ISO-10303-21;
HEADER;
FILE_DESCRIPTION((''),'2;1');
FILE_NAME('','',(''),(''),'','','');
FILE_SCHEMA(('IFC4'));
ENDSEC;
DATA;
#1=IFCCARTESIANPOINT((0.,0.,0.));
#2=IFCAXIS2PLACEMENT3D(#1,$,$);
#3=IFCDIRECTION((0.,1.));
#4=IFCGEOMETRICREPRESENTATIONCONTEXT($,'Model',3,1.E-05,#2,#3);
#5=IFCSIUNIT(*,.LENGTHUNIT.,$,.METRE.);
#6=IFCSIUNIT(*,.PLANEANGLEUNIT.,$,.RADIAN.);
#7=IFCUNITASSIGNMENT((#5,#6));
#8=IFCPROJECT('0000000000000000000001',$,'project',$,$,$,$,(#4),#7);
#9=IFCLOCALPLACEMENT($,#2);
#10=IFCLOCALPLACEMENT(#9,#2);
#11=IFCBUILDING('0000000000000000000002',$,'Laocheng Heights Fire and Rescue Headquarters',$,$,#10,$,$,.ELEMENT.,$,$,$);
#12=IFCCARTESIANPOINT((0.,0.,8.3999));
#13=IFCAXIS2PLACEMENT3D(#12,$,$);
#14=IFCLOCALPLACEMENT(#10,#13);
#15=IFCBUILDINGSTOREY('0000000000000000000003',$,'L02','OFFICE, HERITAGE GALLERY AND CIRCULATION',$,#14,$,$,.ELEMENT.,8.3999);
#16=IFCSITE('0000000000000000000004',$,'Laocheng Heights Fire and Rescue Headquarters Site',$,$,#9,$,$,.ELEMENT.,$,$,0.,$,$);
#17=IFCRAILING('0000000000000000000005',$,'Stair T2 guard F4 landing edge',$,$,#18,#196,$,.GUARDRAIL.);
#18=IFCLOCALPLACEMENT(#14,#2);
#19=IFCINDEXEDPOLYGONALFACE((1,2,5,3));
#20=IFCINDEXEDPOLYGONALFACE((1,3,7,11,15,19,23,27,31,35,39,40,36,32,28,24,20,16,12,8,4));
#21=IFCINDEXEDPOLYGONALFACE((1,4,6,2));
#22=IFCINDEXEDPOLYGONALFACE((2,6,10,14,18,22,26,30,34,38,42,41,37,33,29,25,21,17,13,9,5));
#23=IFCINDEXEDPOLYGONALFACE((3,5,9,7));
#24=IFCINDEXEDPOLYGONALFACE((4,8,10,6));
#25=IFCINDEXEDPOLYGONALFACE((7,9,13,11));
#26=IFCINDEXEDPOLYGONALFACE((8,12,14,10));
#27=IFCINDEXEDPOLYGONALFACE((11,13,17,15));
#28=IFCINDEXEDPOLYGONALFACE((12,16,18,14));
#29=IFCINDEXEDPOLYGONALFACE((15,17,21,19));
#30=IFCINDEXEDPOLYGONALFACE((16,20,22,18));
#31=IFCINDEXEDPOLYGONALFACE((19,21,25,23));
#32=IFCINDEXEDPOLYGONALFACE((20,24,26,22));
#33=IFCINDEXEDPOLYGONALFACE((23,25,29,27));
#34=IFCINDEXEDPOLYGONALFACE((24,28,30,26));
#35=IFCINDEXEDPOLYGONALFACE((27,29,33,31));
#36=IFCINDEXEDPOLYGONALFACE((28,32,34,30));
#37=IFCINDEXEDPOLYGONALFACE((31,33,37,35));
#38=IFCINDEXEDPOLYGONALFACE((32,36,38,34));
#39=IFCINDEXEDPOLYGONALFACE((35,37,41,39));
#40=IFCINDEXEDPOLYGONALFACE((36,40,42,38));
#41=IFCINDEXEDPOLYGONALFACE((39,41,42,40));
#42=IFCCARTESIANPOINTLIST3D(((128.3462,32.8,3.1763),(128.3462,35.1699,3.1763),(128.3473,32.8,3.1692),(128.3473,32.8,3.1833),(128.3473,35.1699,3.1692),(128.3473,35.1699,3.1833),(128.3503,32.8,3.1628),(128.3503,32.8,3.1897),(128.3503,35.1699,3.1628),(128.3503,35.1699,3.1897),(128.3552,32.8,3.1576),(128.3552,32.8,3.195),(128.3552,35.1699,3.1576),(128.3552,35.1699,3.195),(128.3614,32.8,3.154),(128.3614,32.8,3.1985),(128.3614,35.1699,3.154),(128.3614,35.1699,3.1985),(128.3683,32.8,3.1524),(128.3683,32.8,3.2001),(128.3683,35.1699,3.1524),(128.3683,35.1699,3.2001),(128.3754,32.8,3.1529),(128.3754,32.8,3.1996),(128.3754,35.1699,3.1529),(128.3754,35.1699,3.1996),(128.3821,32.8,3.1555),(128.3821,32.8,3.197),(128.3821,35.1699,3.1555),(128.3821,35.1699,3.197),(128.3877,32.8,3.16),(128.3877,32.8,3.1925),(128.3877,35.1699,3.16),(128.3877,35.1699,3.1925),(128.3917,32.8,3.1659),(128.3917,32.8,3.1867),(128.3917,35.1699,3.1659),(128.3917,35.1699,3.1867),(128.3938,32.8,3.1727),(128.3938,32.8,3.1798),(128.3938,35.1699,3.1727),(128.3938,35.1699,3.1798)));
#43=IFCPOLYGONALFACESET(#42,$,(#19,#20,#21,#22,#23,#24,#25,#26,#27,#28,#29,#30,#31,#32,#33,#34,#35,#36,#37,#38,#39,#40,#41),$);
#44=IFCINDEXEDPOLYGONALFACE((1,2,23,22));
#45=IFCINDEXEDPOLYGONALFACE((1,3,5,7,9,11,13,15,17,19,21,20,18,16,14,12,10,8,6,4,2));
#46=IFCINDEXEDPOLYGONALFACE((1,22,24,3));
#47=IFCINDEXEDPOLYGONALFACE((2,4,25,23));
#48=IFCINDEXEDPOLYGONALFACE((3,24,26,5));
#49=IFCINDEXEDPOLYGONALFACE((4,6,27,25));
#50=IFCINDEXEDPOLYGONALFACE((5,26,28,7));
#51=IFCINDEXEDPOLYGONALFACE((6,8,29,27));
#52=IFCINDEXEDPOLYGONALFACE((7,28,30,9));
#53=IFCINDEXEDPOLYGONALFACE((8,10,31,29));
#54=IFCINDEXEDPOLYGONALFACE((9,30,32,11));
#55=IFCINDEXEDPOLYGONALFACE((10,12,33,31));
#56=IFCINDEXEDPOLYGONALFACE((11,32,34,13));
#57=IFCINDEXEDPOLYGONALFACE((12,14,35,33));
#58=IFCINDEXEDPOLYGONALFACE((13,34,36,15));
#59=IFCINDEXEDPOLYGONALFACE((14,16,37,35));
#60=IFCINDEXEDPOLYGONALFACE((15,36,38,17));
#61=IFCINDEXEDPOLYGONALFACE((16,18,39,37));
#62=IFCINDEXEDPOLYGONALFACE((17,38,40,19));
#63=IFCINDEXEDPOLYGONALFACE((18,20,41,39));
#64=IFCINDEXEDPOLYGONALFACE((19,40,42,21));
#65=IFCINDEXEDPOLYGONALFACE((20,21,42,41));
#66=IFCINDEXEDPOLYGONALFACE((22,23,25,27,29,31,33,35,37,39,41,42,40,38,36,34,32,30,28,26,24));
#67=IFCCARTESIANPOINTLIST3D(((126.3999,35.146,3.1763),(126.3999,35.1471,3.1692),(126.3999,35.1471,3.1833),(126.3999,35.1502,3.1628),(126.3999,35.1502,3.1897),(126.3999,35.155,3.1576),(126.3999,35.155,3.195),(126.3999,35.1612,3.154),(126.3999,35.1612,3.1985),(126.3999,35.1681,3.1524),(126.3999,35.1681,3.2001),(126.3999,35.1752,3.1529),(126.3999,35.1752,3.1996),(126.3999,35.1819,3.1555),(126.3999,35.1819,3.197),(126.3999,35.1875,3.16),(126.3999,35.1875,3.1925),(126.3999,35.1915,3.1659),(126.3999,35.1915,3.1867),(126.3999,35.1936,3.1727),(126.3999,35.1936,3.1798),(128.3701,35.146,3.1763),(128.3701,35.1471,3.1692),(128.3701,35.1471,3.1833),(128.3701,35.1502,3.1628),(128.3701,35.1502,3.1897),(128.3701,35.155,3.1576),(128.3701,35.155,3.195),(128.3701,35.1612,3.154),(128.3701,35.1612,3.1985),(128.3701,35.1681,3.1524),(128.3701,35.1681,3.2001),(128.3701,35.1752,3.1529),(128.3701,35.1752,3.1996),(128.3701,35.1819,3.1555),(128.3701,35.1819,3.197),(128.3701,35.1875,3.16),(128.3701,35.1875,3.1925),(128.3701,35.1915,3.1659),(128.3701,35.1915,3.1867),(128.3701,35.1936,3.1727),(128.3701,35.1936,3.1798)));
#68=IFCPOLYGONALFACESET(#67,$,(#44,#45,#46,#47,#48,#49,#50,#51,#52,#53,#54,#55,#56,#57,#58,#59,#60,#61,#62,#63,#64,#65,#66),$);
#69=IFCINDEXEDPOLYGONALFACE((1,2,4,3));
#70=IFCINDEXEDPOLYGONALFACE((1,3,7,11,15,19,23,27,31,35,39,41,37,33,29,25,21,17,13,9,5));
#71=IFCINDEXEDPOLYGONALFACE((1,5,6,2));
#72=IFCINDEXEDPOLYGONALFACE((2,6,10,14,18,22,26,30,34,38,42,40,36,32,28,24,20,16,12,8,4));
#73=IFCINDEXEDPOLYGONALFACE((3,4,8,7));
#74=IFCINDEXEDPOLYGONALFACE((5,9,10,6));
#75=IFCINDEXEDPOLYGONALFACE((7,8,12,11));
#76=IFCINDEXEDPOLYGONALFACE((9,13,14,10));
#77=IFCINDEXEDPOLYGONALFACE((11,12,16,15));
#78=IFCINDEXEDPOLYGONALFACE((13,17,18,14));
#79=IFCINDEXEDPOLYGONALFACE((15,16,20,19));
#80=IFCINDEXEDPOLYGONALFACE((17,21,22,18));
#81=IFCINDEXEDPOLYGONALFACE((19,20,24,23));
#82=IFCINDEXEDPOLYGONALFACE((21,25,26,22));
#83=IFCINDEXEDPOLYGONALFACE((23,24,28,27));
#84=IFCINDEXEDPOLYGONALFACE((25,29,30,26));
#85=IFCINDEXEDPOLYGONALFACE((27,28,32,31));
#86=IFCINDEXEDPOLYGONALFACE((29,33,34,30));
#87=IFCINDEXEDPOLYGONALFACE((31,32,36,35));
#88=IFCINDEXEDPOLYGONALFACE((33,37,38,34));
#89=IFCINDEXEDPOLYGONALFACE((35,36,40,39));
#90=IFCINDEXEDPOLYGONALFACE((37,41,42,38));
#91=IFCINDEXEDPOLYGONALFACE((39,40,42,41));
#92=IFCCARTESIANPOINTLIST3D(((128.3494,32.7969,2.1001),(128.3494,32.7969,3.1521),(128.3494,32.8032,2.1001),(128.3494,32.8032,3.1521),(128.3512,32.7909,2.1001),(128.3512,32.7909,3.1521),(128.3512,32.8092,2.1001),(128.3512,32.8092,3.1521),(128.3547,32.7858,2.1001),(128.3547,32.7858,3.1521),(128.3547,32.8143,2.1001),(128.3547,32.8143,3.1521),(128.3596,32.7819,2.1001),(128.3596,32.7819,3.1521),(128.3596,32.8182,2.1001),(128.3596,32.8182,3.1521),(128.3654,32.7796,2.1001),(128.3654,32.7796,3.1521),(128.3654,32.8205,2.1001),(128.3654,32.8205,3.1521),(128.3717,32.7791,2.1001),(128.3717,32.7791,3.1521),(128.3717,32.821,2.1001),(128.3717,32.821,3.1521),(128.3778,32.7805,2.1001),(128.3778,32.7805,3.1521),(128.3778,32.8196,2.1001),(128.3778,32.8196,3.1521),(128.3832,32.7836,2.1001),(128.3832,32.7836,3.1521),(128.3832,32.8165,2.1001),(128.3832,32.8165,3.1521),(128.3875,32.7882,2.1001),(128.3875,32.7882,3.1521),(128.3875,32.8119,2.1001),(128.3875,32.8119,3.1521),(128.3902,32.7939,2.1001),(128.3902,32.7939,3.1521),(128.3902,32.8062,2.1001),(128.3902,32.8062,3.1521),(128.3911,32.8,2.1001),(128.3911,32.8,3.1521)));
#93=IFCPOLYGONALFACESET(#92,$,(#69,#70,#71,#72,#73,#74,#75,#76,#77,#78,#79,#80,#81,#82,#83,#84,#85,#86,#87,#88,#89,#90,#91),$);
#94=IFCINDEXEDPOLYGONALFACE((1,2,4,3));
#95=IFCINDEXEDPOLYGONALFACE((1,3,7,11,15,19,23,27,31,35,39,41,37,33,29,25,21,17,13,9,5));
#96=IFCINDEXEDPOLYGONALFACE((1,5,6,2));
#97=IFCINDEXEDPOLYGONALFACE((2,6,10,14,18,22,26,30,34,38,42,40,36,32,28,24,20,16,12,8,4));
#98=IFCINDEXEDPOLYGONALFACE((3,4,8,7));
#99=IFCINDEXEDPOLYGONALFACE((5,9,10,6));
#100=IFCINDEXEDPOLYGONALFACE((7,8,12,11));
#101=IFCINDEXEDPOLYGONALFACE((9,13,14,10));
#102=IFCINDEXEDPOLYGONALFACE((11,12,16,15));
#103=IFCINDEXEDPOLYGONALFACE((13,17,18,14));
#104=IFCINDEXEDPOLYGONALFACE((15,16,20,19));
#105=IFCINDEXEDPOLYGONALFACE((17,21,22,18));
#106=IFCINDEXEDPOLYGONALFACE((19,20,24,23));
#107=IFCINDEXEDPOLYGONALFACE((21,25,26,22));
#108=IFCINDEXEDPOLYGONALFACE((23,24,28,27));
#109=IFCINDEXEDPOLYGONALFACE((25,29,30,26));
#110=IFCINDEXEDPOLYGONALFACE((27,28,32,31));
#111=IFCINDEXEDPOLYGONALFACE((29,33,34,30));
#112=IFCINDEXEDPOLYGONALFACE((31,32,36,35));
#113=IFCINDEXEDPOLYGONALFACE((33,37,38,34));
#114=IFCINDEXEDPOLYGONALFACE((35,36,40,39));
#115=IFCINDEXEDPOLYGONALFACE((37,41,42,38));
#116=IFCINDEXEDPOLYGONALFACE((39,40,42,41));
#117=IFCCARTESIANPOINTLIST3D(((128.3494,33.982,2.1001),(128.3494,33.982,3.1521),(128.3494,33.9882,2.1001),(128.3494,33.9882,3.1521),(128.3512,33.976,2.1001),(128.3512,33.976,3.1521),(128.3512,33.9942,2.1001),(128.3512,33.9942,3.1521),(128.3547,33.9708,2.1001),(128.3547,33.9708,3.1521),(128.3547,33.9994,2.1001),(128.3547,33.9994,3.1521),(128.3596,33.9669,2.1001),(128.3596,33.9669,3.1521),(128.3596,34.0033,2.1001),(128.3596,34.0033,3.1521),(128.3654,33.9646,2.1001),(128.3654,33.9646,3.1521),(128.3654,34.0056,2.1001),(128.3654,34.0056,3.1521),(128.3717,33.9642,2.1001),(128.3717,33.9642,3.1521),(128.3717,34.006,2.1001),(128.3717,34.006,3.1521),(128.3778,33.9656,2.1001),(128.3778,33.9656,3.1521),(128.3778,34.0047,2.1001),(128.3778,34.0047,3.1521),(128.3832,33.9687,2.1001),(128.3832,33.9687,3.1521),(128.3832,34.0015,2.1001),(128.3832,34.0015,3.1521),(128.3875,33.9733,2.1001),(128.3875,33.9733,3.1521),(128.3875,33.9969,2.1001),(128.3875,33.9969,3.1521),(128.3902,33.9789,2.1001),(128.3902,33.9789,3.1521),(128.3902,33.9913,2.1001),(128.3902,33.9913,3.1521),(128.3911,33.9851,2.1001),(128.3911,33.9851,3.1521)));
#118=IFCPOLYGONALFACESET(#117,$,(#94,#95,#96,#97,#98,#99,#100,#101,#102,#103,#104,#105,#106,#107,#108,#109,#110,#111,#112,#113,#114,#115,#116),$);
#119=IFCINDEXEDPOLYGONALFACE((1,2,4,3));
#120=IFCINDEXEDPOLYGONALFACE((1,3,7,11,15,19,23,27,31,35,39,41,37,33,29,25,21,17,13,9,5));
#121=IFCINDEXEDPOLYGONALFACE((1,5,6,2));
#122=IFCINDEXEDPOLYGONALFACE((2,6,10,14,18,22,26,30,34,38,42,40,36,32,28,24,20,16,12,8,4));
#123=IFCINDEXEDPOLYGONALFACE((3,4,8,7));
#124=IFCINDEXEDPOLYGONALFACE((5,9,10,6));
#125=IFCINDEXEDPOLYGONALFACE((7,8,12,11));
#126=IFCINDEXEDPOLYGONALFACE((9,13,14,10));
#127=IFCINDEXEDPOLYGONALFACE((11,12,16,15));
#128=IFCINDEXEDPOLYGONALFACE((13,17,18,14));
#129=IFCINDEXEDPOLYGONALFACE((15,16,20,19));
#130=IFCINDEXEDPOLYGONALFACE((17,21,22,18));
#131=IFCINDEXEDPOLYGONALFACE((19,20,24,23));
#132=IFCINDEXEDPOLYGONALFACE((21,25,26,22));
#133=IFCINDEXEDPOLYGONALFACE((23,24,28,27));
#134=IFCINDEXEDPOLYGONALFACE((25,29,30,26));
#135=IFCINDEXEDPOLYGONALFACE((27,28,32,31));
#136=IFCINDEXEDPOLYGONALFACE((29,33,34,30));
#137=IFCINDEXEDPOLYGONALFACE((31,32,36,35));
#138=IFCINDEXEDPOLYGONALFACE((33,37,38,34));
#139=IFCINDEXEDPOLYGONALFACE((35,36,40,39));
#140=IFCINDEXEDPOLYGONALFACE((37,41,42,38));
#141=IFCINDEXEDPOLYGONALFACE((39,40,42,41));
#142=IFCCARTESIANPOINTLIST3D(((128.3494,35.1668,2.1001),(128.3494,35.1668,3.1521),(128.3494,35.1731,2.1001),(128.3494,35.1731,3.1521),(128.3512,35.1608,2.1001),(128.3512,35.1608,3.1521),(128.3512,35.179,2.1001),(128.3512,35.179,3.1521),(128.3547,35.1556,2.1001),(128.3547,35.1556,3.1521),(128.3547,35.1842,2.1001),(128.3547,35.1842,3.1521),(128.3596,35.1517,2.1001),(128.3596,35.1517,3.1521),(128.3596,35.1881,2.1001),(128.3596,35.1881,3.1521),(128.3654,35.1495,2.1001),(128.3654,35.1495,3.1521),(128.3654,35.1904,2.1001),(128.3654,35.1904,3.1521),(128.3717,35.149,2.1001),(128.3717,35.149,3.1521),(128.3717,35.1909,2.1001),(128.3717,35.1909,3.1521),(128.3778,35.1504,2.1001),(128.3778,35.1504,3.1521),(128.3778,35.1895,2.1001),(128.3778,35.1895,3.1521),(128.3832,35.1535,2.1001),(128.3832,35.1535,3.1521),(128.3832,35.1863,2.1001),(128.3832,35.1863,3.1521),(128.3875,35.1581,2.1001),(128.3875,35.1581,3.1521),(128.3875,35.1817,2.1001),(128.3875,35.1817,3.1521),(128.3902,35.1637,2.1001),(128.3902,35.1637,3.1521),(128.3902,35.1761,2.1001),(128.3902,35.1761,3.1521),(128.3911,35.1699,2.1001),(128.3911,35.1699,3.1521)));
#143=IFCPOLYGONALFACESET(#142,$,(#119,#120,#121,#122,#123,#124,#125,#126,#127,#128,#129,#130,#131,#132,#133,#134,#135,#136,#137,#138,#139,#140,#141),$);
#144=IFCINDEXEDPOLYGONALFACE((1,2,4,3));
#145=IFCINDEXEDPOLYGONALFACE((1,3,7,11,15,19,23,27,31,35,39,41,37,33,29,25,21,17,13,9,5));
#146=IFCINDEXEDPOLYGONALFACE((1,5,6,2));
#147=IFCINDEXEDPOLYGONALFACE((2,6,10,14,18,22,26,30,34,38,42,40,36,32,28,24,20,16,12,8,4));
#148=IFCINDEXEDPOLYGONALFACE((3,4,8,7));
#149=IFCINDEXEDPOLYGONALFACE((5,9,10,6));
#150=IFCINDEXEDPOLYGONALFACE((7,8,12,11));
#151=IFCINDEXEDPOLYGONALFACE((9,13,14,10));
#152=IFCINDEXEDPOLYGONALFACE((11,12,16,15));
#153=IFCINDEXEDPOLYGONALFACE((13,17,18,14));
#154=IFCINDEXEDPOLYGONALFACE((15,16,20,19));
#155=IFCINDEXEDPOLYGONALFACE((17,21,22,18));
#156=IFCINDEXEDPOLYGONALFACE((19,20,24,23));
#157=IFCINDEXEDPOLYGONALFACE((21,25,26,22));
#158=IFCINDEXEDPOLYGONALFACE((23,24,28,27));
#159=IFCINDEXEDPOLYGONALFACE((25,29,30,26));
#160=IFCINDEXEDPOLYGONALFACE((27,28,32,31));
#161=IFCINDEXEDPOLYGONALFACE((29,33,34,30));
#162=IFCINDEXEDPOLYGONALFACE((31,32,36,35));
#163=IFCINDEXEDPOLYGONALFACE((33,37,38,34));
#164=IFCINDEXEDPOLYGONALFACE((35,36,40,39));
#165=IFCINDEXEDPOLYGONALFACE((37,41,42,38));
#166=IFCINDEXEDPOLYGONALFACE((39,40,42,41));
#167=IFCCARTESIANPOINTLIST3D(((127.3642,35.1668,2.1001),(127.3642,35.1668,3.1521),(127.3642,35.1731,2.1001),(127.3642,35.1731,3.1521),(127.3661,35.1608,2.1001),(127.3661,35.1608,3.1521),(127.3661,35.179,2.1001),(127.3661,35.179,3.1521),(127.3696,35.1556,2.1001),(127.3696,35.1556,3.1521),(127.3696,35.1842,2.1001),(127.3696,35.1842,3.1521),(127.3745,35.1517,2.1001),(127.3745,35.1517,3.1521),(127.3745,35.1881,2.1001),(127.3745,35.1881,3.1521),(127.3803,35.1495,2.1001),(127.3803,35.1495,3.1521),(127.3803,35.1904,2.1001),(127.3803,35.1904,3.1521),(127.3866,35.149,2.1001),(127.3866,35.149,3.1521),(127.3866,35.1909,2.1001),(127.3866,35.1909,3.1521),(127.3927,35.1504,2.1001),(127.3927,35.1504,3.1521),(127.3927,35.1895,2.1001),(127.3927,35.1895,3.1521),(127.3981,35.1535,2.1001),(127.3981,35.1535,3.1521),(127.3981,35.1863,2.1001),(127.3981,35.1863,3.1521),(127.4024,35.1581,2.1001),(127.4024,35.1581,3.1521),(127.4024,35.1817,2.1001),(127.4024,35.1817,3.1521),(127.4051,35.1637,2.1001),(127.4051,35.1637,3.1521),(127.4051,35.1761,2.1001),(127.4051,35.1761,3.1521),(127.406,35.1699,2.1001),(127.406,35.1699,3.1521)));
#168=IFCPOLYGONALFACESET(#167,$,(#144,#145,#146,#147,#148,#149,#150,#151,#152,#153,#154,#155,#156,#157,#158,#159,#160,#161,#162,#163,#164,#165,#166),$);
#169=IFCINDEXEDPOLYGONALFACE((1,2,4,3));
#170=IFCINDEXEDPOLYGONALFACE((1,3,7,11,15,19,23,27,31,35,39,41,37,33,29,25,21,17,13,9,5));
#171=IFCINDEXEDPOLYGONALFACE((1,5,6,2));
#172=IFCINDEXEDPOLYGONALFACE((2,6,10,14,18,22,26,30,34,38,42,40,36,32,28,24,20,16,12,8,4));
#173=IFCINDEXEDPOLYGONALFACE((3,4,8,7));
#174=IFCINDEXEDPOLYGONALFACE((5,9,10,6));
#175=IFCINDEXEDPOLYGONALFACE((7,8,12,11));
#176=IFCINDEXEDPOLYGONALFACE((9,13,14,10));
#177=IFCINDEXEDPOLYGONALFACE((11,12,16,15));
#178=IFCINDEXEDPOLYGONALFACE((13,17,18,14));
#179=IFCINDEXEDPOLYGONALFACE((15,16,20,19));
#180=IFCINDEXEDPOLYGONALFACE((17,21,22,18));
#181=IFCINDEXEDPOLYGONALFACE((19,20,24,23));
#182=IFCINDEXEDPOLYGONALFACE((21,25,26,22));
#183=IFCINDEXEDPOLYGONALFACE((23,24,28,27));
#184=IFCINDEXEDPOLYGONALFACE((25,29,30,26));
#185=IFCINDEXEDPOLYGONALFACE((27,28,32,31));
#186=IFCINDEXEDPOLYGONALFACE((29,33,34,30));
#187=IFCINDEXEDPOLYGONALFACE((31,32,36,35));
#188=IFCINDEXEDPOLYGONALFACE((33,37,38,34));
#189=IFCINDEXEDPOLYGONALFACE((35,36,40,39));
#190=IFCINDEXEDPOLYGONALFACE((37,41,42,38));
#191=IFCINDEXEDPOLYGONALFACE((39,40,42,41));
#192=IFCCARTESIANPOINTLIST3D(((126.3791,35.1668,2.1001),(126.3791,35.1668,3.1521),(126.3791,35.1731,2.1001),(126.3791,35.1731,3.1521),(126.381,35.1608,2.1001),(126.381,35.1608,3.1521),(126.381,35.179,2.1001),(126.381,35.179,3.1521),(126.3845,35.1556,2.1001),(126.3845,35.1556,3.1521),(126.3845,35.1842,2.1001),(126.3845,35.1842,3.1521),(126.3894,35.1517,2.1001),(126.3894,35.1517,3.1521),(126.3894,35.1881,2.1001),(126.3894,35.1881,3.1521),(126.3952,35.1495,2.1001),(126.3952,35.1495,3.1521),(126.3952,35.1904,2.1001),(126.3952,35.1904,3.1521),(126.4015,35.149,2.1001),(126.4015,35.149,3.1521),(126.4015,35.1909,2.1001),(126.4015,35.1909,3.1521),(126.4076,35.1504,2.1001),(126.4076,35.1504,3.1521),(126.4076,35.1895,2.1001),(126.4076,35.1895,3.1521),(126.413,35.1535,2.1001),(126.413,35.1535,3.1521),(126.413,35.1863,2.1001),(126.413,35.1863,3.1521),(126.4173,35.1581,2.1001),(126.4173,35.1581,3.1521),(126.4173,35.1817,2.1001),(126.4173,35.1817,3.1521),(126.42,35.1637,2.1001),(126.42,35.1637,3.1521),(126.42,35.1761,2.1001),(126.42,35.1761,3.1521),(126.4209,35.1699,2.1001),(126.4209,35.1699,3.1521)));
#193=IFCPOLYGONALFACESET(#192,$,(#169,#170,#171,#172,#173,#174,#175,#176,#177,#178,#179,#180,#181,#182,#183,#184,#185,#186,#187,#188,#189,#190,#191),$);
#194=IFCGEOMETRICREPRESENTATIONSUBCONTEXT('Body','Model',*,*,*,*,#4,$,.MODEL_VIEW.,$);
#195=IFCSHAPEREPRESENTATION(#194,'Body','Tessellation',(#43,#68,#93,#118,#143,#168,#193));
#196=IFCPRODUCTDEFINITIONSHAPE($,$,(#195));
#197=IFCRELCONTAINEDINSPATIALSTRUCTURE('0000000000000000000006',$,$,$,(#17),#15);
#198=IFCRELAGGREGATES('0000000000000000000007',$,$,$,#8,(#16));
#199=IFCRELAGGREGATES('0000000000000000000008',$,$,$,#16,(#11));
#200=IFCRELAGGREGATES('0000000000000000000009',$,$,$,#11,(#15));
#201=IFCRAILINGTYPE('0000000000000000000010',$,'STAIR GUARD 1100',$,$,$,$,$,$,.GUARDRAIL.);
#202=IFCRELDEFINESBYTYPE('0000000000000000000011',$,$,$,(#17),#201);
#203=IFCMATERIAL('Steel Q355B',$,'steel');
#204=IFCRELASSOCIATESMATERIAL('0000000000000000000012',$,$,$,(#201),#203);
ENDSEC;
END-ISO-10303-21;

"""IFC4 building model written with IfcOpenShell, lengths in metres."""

from ifc_helpers import new_model, si_unit, direction, frame, origin, origin_2d, place, context, subcontext, project, spatial, circle, extrude, material, type_object, element, save


model = new_model("IFC4")

# Units and contexts
model_context = context("Model", 3, precision=1e-05, world=origin(), true_north=direction((0.0, 1.0)))
body_context = subcontext(model_context, "Body", "Model", "MODEL_VIEW")
ifc_project = project(units=[si_unit("LENGTHUNIT", "METRE"), si_unit("PLANEANGLEUNIT", "RADIAN")], contexts=[model_context])

# Site, building, storey
site_placement = place(None, origin())
site = spatial("IfcSite", under=ifc_project, at=site_placement, Name="Laocheng Heights Fire and Rescue Headquarters Site", CompositionType="ELEMENT", RefElevation=0.0)
building_placement = place(site_placement, origin())
building = spatial("IfcBuilding", under=site, at=building_placement, Name="Laocheng Heights Fire and Rescue Headquarters", CompositionType="ELEMENT")
storey_placement = place(building_placement, frame((0.0, 0.0, 8.3999)))
storey = spatial("IfcBuildingStorey", under=building, at=storey_placement, Name="L02", Description="OFFICE, HERITAGE GALLERY AND CIRCULATION", CompositionType="ELEMENT", Elevation=8.3999)

# Railing
ifc_material_1 = material(Name="Steel Q355B", Category="steel")
railing_type_1 = type_object("IfcRailingType", Name="STAIR GUARD 1100", PredefinedType="GUARDRAIL", material=ifc_material_1)
railing_1_placement = place(storey_placement, frame((128.3701, 32.8, 2.1001)))
element("IfcRailing", 1, at=railing_1_placement, inside=storey, type_object=railing_type_1, Name="Stair T2 guard F4 landing edge", PredefinedType="GUARDRAIL", context=body_context, shape_type="SweptSolid", body=[
    extrude(circle(Radius=0.0239, at=origin_2d()), frame((0.0, 0.0, 1.0762), z_axis=(0.0, 1.0, 0.0), x_axis=(-1.0, 0.0, 0.0)), (0.0, 0.0, 1.0), 2.3699),
    extrude(circle(Radius=0.0239, at=origin_2d()), frame((0.0, 2.3699, 1.0762), z_axis=(-1.0, 0.0, 0.0), x_axis=(0.0, -1.0, 0.0)), (0.0, 0.0, 1.0), 1.9702),
    extrude(circle(Radius=0.021, at=origin_2d()), origin(), (0.0, 0.0, 1.0), 1.052),
    extrude(circle(Radius=0.021, at=origin_2d()), frame((0.0, 1.1851, 0.0)), (0.0, 0.0, 1.0), 1.052),
    extrude(circle(Radius=0.021, at=origin_2d()), frame((0.0, 2.3699, 0.0)), (0.0, 0.0, 1.0), 1.052),
    extrude(circle(Radius=0.021, at=origin_2d()), frame((-0.9851, 2.3699, 0.0)), (0.0, 0.0, 1.0), 1.052),
    extrude(circle(Radius=0.021, at=origin_2d()), frame((-1.9702, 2.3699, 0.0)), (0.0, 0.0, 1.0), 1.052),
])

save(model, "model.ifc")
